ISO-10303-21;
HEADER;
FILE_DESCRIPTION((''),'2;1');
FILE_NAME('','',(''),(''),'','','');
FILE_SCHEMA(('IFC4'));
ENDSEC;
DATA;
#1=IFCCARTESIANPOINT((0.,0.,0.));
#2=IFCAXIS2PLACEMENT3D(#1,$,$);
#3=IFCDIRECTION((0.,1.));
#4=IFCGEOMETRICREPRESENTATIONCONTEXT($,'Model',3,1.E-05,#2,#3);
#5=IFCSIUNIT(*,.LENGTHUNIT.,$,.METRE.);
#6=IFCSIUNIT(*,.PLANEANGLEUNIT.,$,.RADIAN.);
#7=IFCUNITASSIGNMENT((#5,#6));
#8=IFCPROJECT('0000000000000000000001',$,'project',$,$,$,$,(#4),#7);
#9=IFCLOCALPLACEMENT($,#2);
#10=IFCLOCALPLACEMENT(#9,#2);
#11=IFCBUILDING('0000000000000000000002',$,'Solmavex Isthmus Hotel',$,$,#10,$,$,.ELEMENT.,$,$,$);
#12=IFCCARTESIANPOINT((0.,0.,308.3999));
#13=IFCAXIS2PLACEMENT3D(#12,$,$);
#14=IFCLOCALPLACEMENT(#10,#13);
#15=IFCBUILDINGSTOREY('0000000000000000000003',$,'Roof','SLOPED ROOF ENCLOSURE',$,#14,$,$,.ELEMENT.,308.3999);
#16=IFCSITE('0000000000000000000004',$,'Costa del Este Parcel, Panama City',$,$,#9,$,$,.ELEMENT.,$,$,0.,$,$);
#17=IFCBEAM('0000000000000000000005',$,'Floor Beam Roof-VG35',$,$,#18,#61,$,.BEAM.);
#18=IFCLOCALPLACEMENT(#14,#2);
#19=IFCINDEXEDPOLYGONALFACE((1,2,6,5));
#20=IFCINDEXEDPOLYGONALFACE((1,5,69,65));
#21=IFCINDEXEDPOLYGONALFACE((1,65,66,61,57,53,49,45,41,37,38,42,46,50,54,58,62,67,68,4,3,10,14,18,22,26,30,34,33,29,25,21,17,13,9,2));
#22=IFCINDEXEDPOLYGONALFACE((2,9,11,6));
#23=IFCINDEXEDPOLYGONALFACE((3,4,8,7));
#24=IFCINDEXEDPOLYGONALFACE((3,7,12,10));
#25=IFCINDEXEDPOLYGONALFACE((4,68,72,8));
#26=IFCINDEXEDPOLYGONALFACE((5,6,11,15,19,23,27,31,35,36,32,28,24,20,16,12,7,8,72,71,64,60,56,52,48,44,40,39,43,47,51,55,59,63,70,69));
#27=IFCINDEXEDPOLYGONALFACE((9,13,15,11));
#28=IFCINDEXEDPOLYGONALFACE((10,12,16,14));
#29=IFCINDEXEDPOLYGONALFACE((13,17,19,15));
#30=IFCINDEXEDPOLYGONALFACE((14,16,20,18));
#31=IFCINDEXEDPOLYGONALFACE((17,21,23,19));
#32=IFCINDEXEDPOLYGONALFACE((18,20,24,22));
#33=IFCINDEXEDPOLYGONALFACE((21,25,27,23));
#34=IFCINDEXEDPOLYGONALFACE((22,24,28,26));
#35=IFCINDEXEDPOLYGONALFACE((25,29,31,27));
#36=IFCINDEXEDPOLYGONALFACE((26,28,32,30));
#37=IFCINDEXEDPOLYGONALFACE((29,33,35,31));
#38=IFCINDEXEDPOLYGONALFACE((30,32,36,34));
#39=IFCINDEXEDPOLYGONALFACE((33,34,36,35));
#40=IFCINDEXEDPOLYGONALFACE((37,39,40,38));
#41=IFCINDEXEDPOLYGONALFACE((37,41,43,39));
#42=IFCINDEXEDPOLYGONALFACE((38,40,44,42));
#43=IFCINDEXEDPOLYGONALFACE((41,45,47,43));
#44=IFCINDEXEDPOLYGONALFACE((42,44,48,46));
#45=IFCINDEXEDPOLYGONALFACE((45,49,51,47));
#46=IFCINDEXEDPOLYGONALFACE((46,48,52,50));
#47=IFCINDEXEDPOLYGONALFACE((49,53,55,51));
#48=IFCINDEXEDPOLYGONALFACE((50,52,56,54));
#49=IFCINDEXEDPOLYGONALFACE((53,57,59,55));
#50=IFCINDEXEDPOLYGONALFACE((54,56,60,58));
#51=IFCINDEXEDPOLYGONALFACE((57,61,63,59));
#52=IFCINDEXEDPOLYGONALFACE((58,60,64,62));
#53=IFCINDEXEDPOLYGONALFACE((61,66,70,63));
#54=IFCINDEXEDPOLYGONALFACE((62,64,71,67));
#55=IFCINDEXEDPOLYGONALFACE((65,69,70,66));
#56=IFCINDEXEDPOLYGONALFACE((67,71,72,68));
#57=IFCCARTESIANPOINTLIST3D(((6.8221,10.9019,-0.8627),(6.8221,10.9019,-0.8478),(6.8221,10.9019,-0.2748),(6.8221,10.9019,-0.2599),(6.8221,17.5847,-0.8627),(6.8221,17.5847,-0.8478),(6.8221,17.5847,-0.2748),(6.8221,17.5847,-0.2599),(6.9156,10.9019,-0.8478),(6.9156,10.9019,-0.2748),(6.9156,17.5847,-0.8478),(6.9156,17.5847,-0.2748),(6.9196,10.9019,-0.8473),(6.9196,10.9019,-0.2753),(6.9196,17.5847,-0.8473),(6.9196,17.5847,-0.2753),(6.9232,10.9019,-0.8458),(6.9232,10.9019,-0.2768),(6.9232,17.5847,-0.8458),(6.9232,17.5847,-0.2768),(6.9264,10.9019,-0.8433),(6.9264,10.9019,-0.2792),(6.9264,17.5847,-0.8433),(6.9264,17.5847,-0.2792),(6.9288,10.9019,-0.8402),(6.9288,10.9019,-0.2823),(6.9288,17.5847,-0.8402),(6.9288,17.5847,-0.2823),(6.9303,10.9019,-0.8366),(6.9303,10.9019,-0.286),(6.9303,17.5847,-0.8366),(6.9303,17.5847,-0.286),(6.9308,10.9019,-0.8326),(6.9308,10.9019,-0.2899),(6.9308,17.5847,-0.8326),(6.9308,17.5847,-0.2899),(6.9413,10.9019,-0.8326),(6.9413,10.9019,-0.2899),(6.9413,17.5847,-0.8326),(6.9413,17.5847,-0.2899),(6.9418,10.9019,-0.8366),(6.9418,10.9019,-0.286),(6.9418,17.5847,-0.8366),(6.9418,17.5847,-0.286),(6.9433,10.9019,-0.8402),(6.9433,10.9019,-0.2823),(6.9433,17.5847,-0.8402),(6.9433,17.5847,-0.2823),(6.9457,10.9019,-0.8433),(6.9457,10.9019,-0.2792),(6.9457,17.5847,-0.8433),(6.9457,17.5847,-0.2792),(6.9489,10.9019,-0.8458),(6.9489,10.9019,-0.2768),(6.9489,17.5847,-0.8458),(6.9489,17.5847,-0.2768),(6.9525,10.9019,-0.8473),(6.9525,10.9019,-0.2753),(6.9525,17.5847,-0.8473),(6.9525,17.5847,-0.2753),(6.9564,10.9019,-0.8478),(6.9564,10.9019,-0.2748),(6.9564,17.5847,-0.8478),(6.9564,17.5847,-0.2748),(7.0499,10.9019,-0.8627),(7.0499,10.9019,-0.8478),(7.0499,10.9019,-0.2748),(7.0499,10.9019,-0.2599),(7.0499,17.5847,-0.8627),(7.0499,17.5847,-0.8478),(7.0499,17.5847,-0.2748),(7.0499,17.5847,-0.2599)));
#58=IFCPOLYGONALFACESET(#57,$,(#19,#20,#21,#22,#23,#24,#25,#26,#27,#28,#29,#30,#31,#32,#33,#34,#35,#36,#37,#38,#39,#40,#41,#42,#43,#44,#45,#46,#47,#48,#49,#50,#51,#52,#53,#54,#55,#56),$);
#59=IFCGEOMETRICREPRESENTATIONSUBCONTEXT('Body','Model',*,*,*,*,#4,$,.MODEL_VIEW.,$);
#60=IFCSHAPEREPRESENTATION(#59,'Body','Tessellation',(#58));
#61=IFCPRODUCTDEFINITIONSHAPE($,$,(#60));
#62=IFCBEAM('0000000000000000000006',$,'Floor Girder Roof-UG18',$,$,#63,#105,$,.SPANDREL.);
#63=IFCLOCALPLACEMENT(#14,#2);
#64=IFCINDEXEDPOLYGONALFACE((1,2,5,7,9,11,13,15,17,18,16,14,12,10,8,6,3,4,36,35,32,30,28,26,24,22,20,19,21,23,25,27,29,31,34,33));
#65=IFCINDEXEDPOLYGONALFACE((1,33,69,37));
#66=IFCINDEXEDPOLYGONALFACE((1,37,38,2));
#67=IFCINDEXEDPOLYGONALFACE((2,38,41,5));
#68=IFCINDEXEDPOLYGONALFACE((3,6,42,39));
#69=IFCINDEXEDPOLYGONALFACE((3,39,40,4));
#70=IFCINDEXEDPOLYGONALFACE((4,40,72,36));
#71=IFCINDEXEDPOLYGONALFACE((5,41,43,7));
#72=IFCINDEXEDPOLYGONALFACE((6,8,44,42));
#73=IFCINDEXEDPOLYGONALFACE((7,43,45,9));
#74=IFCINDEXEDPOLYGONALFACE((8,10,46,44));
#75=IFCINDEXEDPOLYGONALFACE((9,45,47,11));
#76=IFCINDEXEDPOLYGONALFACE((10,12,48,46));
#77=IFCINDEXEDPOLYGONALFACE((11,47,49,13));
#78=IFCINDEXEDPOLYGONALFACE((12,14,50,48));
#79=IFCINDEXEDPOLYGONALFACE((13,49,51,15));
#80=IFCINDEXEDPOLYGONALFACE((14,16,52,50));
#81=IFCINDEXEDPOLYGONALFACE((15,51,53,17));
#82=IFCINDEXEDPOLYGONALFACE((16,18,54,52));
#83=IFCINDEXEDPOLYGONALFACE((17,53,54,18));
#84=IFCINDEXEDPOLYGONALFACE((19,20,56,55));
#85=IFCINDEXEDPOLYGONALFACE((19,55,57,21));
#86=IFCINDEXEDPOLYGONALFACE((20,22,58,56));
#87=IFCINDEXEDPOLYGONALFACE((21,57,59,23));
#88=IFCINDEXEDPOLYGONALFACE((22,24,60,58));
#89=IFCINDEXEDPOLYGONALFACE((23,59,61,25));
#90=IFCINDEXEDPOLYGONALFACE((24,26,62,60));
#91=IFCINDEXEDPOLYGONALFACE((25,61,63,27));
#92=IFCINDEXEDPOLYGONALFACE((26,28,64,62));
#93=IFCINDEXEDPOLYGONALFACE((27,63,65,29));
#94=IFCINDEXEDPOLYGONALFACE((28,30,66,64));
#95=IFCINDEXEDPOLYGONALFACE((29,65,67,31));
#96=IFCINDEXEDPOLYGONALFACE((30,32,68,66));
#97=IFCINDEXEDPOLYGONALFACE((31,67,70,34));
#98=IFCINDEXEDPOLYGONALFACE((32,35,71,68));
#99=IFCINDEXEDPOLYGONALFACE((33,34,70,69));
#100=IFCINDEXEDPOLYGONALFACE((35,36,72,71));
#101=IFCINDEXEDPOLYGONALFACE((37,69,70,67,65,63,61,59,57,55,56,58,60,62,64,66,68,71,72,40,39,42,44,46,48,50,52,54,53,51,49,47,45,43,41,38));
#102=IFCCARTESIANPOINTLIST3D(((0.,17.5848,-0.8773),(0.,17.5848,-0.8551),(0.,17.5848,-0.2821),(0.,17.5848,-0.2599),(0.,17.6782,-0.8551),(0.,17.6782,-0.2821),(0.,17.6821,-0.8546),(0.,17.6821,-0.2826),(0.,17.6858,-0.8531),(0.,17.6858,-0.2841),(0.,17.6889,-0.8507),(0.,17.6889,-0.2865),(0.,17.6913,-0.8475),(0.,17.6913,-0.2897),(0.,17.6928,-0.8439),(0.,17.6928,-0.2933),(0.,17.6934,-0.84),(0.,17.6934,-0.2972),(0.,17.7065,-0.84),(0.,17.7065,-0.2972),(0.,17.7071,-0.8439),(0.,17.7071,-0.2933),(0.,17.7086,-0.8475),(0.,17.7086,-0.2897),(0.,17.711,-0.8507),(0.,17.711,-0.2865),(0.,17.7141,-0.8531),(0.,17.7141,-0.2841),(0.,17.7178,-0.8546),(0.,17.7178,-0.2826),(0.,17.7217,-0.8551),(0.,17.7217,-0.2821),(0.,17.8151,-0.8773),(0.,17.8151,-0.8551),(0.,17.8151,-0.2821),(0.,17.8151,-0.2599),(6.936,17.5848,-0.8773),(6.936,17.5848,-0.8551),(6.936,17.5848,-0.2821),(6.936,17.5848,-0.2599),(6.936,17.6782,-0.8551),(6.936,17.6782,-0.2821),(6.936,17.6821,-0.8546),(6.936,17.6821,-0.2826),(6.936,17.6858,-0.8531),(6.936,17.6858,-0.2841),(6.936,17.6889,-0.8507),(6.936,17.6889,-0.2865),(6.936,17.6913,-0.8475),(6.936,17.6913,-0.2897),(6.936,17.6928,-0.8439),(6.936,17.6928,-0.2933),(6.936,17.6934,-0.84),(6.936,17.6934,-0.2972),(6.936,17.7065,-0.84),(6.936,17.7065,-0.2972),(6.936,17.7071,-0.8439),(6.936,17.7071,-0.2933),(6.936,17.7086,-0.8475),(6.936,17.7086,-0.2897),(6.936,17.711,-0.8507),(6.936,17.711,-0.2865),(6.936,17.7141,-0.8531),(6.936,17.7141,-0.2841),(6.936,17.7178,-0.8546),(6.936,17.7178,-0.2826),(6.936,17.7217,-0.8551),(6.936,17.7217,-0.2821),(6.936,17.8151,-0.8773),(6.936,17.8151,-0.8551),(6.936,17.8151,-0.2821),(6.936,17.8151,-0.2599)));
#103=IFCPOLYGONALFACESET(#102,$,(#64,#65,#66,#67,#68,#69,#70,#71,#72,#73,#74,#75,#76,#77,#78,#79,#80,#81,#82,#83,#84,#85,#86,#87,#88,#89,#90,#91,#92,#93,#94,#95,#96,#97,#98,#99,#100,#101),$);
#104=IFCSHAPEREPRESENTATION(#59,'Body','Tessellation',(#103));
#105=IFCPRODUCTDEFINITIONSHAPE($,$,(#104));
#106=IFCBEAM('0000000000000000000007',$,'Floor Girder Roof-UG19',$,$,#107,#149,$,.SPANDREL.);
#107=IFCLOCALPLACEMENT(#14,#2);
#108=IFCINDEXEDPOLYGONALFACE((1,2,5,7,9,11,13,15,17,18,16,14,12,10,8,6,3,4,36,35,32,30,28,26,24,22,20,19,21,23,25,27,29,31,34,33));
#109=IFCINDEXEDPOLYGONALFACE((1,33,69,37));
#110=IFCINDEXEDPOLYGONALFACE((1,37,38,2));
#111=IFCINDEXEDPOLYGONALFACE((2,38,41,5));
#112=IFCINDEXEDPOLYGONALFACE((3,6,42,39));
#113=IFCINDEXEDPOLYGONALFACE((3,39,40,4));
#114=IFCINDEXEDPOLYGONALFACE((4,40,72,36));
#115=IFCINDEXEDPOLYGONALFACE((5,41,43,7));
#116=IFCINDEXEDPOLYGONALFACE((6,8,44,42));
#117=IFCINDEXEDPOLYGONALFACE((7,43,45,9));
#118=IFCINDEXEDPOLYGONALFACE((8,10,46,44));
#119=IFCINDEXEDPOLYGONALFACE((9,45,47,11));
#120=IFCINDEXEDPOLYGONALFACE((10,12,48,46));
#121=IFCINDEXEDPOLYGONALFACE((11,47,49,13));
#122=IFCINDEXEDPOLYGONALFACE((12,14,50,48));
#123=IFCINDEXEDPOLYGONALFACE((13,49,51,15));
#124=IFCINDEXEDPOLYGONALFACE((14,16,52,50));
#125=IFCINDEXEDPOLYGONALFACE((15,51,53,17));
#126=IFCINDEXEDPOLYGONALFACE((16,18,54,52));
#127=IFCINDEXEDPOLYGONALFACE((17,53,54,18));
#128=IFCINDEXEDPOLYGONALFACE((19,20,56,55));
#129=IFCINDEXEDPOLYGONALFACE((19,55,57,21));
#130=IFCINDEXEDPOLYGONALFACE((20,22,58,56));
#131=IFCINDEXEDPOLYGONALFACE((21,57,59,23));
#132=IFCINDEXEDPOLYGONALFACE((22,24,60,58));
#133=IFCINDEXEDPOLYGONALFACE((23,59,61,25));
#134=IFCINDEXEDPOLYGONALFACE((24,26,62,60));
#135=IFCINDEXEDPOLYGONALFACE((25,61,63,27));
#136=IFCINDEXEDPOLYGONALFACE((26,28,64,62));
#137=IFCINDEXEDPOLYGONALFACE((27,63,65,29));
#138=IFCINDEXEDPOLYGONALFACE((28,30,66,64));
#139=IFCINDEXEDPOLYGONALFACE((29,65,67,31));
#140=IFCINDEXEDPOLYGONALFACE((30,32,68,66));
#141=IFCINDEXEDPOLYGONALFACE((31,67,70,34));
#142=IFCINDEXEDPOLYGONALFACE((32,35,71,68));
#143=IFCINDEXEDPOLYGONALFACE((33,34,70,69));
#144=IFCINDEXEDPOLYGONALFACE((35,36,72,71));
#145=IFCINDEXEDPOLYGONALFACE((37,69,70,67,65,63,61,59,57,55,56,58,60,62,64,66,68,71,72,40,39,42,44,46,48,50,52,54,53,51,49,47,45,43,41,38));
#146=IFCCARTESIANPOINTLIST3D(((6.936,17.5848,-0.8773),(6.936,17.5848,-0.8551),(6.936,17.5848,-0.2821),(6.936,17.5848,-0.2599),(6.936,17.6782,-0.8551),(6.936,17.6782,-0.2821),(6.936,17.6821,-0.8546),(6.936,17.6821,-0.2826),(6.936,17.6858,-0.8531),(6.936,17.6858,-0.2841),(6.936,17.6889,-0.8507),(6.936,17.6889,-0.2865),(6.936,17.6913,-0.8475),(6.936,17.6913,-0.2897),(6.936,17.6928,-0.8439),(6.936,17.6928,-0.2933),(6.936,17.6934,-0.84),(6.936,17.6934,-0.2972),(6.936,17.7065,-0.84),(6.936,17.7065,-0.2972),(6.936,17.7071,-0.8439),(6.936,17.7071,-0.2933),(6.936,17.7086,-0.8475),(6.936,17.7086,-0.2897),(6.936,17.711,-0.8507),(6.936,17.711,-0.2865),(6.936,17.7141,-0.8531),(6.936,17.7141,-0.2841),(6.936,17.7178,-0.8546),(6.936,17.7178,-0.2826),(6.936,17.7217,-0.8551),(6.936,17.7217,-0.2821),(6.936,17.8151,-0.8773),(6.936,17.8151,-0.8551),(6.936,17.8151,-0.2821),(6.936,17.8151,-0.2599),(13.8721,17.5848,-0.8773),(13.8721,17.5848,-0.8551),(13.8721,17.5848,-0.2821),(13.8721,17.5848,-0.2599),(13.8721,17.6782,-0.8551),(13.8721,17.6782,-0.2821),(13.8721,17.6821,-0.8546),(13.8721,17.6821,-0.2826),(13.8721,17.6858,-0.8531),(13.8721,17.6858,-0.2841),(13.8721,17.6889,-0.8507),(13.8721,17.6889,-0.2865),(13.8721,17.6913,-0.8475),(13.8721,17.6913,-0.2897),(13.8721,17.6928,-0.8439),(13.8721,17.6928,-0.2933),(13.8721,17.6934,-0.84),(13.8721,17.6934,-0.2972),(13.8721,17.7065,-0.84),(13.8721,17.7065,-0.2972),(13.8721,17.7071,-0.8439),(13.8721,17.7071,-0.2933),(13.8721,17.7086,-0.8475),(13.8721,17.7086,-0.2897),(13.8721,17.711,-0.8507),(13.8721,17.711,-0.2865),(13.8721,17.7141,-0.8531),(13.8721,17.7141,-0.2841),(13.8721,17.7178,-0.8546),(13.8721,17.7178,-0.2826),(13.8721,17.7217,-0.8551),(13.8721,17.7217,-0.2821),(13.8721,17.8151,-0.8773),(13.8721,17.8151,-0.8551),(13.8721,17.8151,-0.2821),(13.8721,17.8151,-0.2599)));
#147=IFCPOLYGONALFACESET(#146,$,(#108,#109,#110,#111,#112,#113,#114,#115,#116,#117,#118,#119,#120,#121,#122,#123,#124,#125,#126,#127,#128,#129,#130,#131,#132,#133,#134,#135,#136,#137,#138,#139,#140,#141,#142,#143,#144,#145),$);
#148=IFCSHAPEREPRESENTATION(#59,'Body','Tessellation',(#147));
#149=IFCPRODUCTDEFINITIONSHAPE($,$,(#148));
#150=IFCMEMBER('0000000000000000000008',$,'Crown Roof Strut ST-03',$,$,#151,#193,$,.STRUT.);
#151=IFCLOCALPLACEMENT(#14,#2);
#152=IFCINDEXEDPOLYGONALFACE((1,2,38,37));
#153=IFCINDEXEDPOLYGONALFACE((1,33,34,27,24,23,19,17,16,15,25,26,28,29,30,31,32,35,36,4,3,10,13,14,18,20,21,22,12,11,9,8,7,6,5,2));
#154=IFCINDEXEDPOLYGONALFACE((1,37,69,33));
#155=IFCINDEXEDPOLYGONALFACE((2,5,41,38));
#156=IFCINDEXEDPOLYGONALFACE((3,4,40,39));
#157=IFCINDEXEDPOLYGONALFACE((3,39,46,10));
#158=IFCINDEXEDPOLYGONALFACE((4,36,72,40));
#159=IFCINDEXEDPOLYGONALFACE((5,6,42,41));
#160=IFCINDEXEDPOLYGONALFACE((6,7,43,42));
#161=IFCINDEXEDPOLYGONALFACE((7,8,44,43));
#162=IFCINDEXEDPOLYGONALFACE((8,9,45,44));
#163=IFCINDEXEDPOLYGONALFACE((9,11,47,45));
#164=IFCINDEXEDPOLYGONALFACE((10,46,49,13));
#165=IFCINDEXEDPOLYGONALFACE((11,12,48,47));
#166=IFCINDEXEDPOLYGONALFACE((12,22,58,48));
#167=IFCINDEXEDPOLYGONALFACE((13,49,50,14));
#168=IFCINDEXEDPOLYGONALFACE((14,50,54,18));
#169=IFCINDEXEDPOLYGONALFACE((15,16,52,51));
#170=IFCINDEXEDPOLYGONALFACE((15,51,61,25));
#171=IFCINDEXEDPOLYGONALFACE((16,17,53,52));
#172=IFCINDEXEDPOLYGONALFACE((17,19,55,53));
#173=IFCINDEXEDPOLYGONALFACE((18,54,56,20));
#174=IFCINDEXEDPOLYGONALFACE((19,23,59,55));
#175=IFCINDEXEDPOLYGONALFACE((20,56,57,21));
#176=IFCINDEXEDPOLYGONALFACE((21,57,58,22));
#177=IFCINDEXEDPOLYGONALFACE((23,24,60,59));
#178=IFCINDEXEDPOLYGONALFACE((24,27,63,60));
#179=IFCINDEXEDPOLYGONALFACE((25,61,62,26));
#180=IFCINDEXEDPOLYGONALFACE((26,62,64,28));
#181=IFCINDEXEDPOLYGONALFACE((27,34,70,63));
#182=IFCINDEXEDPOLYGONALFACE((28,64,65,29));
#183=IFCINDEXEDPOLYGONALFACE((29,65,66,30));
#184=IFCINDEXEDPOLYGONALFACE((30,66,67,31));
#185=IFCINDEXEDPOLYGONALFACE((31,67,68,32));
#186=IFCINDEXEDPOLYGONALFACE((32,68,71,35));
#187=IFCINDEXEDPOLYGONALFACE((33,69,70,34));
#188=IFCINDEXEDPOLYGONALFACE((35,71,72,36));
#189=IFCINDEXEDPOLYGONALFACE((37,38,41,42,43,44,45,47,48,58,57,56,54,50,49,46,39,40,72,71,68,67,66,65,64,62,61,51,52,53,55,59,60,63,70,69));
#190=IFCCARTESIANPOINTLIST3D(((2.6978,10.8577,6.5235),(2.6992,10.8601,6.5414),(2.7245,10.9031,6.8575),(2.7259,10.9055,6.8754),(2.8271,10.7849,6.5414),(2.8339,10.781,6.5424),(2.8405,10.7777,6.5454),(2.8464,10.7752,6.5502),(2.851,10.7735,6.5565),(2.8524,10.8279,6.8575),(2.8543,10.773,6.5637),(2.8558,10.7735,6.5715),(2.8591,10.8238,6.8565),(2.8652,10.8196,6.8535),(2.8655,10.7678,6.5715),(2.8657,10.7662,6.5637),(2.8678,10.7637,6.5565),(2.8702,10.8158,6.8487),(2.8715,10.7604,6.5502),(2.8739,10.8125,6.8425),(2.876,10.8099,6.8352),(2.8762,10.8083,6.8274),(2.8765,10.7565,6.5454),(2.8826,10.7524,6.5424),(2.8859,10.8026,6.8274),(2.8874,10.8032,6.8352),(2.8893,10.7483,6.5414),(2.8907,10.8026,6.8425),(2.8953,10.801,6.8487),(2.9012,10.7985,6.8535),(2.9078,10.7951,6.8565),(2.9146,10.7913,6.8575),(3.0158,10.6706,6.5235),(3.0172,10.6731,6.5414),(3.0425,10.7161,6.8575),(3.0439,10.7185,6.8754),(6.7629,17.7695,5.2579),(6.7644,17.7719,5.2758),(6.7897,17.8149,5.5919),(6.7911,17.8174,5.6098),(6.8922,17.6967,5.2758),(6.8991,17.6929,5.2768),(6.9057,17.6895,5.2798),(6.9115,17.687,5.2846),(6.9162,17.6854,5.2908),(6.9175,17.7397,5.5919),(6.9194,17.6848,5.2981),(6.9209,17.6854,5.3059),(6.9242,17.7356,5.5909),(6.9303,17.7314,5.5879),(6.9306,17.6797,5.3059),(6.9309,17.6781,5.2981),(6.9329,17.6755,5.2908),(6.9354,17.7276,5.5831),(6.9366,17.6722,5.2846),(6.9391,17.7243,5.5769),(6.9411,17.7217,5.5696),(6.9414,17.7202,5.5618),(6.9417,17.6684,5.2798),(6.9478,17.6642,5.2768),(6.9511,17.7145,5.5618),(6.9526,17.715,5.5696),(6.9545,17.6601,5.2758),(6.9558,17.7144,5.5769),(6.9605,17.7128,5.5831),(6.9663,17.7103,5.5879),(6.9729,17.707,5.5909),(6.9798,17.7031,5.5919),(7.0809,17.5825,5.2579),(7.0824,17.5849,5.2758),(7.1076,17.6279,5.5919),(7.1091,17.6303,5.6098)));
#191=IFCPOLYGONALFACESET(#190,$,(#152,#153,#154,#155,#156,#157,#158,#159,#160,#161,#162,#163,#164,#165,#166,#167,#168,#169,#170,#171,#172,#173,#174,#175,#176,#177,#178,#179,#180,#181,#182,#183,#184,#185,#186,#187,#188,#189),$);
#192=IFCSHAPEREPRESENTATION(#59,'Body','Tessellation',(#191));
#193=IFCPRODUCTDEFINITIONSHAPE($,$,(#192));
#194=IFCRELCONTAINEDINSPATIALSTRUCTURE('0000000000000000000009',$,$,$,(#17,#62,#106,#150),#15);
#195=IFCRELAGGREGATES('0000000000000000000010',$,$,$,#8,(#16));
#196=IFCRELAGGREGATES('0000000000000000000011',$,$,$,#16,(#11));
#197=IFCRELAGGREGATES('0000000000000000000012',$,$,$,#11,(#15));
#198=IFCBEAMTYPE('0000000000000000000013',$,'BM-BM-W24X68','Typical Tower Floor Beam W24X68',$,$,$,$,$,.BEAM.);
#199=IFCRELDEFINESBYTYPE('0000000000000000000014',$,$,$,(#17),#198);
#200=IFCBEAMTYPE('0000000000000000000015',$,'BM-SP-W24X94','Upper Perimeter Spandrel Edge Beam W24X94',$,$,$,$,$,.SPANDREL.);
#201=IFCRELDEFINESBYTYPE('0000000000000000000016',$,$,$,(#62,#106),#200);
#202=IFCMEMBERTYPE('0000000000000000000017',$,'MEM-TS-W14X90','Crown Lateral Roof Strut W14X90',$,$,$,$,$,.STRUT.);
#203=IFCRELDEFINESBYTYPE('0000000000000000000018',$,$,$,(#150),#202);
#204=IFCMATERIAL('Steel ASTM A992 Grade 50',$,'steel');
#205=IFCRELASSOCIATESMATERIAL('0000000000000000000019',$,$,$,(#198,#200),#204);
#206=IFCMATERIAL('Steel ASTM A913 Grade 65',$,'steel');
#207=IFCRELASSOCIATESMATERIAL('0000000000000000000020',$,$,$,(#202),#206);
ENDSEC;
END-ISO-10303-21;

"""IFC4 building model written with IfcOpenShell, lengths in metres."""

from ifc_helpers import new_model, si_unit, direction, frame, origin, origin_2d, place, context, subcontext, project, spatial, i_section, extrude, material, material_profile, profile_set, type_object, element, save


model = new_model("IFC4")

# Units and contexts
model_context = context("Model", 3, precision=1e-05, world=origin(), true_north=direction((0.0, 1.0)))
body_context = subcontext(model_context, "Body", "Model", "MODEL_VIEW")
ifc_project = project(units=[si_unit("LENGTHUNIT", "METRE"), si_unit("PLANEANGLEUNIT", "RADIAN")], contexts=[model_context])

# Site, building, storey
site_placement = place(None, origin())
site = spatial("IfcSite", under=ifc_project, at=site_placement, Name="Costa del Este Parcel, Panama City", CompositionType="ELEMENT", RefElevation=0.0)
building_placement = place(site_placement, origin())
building = spatial("IfcBuilding", under=site, at=building_placement, Name="Solmavex Isthmus Hotel", CompositionType="ELEMENT")
storey_placement = place(building_placement, frame((0.0, 0.0, 308.3999)))
storey = spatial("IfcBuildingStorey", under=building, at=storey_placement, Name="Roof", Description="SLOPED ROOF ENCLOSURE", CompositionType="ELEMENT", Elevation=308.3999)

# Shared definitions
ifc_material_1 = material(Name="Steel ASTM A913 Grade 65", Category="steel")

# Beams
ifc_material_2 = material(Name="Steel ASTM A992 Grade 50", Category="steel")
ifc_material_profile_1 = material_profile(ifc_material_2, i_section(OverallWidth=0.2278, OverallDepth=0.6028, WebThickness=0.0105, FlangeThickness=0.0149, FilletRadius=0.0151, at=origin_2d()), Name="W24X68")
ifc_profile_set_1 = profile_set([ifc_material_profile_1], Name="Steel ASTM A992 Grade 50")
beam_type_1 = type_object("IfcBeamType", Name="BM-BM-W24X68", Description="Typical Tower Floor Beam W24X68", PredefinedType="BEAM", material=ifc_profile_set_1)
beam_1_placement = place(storey_placement, frame((6.936, 10.9019, -0.5613), z_axis=(0.0, 1.0, 0.0), x_axis=(-1.0, 0.0, 0.0)))
element("IfcBeam", 1, at=beam_1_placement, inside=storey, type_object=beam_type_1, Name="Floor Beam Roof-VG35", PredefinedType="BEAM", context=body_context, shape_type="SweptSolid", body=[
    extrude(i_section(OverallWidth=0.2278, OverallDepth=0.6028, WebThickness=0.0105, FlangeThickness=0.0149, FilletRadius=0.0151, at=origin_2d()), origin(), (0.0, 0.0, 1.0), 6.6829),
])
ifc_material_profile_2 = material_profile(ifc_material_2, i_section(OverallWidth=0.2302, OverallDepth=0.6174, WebThickness=0.0132, FlangeThickness=0.0222, FilletRadius=0.0151, at=origin_2d()), Name="W24X94")
ifc_profile_set_2 = profile_set([ifc_material_profile_2], Name="Steel ASTM A992 Grade 50")
beam_type_2 = type_object("IfcBeamType", Name="BM-SP-W24X94", Description="Upper Perimeter Spandrel Edge Beam W24X94", PredefinedType="SPANDREL", material=ifc_profile_set_2)
for number, where, z_axis, x_axis, name in (
    (2, (0.0, 17.7, -0.5686), (1.0, 0.0, 0.0), (0.0, 1.0, 0.0), "Floor Girder Roof-UG18"),
    (3, (6.936, 17.7, -0.5686), (1.0, 0.0, 0.0), (0.0, 1.0, 0.0), "Floor Girder Roof-UG19"),
):
    element("IfcBeam", number, at=place(storey_placement, frame(where, z_axis=z_axis, x_axis=x_axis)), inside=storey, type_object=beam_type_2, Name=name, PredefinedType="SPANDREL", context=body_context, shape_type="SweptSolid", body=[
        extrude(i_section(OverallWidth=0.2302, OverallDepth=0.6174, WebThickness=0.0132, FlangeThickness=0.0222, FilletRadius=0.0151, at=origin_2d()), origin(), (0.0, 0.0, 1.0), 6.936),
    ])

# Member
ifc_material_profile_3 = material_profile(ifc_material_1, i_section(OverallWidth=0.3689, OverallDepth=0.3562, WebThickness=0.0112, FlangeThickness=0.0181, FilletRadius=0.0305, at=origin_2d()), Name="W14X90")
ifc_profile_set_3 = profile_set([ifc_material_profile_3], Name="Steel ASTM A913 Grade 65")
member_type = type_object("IfcMemberType", Name="MEM-TS-W14X90", Description="Crown Lateral Roof Strut W14X90", PredefinedType="STRUT", material=ifc_profile_set_3)
member_placement = place(storey_placement, frame((2.8708, 10.7881, 6.6995), z_axis=(0.500764, 0.851428, -0.155904), x_axis=(-0.861968, 0.506963, 0.0)))
element("IfcMember", 4, at=member_placement, inside=storey, type_object=member_type, Name="Crown Roof Strut ST-03", PredefinedType="STRUT", context=body_context, shape_type="SweptSolid", body=[
    extrude(i_section(OverallWidth=0.3689, OverallDepth=0.3562, WebThickness=0.0112, FlangeThickness=0.0181, FilletRadius=0.0305, at=origin_2d()), origin(), (0.0, 0.0, 1.0), 8.1179),
])

save(model, "model.ifc")
